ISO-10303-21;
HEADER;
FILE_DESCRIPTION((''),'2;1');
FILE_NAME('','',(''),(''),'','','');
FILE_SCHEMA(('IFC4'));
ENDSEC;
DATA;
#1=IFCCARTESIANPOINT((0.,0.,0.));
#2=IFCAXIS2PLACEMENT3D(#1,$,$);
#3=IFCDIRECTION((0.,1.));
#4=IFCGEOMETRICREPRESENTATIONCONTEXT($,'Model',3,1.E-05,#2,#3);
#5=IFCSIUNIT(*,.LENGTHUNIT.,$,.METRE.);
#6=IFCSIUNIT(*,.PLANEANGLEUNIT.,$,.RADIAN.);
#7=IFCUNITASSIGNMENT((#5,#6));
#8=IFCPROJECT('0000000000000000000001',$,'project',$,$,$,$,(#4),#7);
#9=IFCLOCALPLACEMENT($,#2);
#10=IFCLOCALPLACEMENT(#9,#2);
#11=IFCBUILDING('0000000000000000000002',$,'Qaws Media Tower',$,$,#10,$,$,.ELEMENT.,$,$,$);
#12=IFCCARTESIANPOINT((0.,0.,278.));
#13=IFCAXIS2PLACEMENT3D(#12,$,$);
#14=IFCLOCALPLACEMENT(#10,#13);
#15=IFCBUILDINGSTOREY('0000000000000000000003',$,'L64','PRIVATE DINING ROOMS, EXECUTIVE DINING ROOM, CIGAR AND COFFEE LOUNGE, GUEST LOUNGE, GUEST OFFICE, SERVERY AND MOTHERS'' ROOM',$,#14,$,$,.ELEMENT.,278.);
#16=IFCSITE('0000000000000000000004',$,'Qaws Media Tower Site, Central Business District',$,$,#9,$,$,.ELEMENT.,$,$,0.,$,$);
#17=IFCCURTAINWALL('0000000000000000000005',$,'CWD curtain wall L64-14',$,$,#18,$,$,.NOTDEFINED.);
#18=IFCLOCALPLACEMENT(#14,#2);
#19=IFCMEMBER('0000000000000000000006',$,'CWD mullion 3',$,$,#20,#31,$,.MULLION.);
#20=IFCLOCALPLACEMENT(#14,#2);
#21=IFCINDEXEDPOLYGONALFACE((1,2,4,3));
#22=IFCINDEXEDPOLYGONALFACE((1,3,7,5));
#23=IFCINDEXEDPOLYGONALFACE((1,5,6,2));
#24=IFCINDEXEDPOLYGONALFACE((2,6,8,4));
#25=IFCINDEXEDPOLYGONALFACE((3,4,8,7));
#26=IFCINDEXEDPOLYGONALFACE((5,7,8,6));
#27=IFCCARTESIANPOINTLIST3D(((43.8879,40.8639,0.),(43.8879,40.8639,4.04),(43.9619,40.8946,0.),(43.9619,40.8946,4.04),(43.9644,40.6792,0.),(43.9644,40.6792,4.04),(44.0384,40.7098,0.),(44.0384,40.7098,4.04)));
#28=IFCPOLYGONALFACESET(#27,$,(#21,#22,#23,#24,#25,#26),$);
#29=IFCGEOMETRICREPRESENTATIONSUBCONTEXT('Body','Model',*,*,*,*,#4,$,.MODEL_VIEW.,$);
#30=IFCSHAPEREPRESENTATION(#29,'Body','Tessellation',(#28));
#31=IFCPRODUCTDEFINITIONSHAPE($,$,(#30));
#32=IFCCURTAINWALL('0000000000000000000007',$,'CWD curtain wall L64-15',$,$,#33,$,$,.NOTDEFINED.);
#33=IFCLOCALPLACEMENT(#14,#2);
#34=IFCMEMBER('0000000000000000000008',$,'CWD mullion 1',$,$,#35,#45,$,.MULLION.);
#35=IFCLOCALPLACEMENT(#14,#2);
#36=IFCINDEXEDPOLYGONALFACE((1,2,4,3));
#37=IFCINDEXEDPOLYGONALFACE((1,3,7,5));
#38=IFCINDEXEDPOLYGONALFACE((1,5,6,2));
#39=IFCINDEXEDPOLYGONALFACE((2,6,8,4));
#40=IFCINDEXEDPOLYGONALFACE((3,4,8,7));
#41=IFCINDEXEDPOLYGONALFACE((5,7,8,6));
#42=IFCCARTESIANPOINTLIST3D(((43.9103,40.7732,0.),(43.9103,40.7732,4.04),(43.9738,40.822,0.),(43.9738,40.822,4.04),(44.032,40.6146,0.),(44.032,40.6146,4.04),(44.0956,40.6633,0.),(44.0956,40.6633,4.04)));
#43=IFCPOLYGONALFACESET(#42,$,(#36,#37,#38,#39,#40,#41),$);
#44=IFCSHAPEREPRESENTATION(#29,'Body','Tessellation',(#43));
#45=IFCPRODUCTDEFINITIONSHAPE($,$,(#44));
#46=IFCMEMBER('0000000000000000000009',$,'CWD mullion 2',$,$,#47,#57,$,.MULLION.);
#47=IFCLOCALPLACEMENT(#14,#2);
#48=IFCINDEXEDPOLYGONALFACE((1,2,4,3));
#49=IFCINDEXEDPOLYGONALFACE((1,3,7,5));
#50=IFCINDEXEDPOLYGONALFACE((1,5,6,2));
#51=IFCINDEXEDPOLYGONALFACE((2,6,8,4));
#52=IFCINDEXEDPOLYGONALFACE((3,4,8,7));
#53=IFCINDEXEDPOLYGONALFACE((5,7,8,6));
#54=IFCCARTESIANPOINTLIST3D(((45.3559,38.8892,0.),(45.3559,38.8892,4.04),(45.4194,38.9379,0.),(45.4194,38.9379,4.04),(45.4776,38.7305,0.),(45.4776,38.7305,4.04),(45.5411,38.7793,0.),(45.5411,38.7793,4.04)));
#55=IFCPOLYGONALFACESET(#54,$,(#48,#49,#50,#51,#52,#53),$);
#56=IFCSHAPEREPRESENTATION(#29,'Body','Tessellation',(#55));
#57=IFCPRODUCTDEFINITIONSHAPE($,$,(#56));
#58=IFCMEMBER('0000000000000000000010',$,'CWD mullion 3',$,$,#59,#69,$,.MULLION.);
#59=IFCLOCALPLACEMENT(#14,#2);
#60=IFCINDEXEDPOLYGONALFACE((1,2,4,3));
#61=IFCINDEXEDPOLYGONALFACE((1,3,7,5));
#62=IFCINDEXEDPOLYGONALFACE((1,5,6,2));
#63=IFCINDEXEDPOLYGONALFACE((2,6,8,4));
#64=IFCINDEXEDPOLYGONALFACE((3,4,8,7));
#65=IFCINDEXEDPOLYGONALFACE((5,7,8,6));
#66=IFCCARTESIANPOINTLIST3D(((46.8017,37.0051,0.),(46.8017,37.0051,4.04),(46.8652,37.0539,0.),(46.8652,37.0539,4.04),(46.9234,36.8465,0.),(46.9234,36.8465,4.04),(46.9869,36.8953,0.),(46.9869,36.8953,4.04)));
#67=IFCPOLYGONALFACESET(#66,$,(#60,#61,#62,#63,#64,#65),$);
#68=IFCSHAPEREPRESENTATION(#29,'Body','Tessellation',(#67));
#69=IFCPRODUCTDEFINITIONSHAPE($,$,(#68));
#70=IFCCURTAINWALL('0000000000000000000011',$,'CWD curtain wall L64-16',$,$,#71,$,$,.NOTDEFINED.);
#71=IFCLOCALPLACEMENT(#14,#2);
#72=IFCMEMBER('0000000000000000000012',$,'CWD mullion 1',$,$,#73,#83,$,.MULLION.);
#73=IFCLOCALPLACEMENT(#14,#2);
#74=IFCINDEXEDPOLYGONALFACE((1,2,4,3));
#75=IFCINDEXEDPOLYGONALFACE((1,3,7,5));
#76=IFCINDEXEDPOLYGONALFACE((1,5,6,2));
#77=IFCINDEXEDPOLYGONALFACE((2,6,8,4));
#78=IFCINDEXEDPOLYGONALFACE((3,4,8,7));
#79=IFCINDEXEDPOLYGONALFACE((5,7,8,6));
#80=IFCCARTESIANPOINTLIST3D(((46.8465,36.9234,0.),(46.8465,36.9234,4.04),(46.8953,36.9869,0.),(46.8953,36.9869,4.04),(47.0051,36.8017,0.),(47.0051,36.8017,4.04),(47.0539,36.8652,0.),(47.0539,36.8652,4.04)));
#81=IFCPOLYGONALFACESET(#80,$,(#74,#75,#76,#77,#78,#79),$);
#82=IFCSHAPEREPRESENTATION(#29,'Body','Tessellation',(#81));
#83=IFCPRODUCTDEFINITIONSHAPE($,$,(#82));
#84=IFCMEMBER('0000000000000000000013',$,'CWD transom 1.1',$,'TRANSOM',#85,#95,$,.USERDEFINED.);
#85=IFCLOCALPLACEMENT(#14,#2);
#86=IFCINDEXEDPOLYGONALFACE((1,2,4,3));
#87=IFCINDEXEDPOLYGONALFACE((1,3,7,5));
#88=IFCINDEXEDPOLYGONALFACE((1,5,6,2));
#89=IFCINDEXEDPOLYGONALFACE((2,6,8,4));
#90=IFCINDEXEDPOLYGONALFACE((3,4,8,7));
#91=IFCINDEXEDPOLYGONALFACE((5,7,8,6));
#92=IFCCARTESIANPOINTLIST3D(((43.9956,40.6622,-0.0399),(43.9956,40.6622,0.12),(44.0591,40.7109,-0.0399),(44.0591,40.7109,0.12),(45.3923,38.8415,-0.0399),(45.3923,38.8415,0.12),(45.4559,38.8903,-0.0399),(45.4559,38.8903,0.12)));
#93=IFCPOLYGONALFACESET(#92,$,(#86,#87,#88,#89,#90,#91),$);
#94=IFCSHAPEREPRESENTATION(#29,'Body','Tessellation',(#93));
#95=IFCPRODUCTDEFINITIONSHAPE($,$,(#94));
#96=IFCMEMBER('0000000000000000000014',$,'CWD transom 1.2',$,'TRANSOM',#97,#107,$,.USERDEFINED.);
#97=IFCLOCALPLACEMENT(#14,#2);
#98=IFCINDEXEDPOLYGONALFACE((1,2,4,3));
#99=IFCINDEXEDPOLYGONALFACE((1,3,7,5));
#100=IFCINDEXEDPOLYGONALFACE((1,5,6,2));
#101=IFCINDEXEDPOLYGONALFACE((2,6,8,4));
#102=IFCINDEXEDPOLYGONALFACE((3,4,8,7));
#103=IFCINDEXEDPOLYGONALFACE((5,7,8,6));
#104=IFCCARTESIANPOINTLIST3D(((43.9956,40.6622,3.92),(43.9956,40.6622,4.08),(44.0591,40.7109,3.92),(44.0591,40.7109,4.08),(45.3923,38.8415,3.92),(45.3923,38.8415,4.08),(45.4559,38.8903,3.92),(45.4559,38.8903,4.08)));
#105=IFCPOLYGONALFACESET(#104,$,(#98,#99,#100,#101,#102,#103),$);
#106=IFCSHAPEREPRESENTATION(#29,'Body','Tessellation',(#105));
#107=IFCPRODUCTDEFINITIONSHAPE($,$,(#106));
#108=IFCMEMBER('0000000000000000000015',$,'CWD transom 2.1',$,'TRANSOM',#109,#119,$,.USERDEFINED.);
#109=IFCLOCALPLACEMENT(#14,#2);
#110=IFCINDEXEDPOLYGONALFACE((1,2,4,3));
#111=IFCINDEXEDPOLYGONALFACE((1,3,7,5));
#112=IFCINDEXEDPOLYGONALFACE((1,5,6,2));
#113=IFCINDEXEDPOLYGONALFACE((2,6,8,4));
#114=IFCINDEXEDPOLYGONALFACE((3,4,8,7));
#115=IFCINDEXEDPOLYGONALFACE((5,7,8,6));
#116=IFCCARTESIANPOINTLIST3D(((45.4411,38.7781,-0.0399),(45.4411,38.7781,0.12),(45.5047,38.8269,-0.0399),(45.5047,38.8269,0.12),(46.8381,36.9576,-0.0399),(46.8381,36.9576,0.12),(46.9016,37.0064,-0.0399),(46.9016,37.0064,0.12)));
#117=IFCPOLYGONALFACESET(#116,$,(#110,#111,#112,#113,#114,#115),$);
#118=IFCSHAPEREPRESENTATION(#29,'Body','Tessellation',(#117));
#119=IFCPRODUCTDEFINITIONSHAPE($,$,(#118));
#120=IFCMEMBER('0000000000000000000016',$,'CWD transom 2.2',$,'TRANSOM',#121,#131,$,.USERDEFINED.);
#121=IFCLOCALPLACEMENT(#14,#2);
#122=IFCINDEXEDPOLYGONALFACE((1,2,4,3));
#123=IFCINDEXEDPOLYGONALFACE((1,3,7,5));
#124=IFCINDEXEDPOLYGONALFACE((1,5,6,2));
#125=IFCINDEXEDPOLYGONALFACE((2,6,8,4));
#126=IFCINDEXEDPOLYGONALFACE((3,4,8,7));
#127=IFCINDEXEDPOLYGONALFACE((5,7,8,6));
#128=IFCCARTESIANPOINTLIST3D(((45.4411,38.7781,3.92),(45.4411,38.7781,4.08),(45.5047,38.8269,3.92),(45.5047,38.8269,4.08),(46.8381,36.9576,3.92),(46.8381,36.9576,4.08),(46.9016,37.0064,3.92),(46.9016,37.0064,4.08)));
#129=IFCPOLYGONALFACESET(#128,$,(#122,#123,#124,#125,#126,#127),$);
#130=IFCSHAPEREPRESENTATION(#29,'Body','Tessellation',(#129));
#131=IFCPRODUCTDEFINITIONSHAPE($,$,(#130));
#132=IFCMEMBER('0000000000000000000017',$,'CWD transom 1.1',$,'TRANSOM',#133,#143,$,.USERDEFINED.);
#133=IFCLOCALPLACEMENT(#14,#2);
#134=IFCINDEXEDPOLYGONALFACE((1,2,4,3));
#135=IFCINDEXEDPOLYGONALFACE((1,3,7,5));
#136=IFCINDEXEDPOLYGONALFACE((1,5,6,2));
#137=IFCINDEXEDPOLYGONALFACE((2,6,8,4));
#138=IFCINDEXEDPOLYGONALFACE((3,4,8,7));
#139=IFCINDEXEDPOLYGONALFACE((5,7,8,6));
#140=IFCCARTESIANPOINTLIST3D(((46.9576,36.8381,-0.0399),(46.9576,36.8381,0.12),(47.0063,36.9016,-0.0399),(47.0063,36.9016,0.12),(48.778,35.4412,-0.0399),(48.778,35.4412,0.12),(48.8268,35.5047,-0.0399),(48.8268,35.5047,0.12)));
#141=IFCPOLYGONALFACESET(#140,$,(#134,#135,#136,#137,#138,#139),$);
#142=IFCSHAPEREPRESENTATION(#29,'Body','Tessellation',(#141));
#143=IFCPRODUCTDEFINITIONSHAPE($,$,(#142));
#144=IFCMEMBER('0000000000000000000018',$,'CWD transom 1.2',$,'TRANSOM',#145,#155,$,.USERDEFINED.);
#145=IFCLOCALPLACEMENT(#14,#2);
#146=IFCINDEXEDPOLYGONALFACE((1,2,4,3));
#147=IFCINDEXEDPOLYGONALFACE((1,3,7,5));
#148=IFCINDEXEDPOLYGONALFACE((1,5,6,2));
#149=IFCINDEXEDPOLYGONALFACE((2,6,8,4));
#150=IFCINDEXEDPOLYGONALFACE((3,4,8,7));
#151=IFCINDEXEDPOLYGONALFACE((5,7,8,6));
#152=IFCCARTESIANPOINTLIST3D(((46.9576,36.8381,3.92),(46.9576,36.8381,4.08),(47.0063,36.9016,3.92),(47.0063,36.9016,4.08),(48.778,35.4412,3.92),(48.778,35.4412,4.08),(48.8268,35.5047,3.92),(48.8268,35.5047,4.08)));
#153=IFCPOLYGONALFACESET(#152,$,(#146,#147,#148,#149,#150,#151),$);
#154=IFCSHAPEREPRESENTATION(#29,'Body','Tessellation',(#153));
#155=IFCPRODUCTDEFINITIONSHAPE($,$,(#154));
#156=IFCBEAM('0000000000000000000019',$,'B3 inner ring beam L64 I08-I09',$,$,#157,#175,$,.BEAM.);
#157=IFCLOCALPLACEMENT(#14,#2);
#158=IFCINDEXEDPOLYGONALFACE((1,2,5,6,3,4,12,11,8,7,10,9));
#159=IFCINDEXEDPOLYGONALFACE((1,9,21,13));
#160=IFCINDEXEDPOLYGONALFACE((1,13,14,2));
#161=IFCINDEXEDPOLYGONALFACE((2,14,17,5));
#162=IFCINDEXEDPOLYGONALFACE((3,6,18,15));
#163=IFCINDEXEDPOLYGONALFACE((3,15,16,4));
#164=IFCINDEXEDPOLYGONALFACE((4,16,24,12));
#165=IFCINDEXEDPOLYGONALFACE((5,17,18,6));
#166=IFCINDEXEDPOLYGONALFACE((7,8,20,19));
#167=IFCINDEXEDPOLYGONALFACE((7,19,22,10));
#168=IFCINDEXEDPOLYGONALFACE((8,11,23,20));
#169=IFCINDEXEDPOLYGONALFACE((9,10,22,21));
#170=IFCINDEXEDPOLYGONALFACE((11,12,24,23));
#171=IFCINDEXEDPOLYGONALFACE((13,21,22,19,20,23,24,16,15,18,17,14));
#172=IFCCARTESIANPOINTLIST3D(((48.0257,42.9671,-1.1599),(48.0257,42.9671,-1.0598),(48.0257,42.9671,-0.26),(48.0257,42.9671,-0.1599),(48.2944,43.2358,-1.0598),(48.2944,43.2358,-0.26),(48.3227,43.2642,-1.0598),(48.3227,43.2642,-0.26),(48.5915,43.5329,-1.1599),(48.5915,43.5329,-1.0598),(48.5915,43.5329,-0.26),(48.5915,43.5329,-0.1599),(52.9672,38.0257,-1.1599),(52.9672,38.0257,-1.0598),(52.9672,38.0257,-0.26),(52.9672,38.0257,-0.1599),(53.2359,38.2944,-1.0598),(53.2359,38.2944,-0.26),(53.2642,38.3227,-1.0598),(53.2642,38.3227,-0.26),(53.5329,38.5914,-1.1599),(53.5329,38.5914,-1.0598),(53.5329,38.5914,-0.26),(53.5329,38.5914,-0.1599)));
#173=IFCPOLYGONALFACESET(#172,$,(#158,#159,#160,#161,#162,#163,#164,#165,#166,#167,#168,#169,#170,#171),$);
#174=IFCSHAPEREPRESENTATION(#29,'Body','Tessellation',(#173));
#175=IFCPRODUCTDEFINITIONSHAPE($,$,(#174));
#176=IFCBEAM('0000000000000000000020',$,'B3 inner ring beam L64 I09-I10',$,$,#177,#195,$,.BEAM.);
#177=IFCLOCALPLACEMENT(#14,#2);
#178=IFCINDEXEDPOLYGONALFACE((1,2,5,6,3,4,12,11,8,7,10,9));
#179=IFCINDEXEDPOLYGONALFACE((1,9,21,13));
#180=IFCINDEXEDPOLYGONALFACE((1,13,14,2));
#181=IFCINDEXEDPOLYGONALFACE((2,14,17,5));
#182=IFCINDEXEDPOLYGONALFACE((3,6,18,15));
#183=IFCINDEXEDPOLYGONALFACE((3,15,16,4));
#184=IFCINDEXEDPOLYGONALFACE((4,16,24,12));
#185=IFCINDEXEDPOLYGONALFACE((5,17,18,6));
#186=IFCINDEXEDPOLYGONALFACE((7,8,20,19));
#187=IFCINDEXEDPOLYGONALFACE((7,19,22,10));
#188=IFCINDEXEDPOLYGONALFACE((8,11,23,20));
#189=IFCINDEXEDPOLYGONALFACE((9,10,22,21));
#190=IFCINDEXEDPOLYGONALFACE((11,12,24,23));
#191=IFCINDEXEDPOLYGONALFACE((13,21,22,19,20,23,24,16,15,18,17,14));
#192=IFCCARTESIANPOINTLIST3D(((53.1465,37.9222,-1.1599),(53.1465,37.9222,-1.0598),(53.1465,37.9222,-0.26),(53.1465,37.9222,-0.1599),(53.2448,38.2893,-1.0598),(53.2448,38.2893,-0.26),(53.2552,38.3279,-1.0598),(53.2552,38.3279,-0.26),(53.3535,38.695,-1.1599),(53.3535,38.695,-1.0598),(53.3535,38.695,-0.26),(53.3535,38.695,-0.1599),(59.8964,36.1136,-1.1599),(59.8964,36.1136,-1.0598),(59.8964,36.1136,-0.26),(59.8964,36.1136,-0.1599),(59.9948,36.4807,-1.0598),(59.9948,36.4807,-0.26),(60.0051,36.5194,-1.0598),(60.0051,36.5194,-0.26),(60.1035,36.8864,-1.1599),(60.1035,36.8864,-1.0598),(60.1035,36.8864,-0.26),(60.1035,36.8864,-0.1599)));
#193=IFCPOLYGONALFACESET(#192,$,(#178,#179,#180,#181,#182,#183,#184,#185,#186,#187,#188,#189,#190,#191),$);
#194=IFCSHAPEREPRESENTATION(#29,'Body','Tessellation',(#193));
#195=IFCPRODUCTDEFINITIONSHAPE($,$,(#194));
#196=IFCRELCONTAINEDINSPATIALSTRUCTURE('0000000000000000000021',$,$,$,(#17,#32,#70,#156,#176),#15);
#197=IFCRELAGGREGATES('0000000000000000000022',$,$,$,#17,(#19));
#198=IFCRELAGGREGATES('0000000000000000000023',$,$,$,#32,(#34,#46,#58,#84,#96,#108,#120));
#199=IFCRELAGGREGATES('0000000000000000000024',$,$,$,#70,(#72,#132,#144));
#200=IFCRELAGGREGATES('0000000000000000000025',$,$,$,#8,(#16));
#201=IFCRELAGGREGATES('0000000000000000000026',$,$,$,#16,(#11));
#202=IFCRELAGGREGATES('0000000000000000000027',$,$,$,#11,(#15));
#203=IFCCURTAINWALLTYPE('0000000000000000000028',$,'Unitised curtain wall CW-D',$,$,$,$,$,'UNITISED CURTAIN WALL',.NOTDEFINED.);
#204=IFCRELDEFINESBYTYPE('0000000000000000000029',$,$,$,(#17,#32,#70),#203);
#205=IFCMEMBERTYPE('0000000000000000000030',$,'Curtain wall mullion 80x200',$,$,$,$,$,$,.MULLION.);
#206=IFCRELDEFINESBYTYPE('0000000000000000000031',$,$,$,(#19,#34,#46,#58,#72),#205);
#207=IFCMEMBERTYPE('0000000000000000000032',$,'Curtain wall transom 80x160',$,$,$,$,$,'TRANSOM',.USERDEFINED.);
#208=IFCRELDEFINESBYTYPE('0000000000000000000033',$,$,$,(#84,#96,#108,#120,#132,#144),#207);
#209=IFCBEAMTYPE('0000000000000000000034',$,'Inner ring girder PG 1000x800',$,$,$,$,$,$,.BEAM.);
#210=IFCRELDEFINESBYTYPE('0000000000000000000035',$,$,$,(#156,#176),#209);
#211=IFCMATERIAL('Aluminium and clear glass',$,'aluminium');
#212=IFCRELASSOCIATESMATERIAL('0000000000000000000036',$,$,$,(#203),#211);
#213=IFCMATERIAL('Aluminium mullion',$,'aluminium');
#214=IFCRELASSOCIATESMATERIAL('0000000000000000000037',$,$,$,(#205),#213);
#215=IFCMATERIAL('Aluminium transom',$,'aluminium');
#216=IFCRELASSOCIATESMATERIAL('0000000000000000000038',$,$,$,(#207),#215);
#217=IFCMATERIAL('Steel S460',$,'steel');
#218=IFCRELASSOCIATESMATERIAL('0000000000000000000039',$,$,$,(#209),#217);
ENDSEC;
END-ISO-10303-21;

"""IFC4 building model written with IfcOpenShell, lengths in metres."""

from ifc_helpers import new_model, si_unit, direction, frame, origin, origin_2d, place, context, subcontext, project, spatial, rectangle, i_section, extrude, material, material_profile, profile_set, type_object, element, aggregate, save


model = new_model("IFC4")

# Units and contexts
model_context = context("Model", 3, precision=1e-05, world=origin(), true_north=direction((0.0, 1.0)))
body_context = subcontext(model_context, "Body", "Model", "MODEL_VIEW")
ifc_project = project(units=[si_unit("LENGTHUNIT", "METRE"), si_unit("PLANEANGLEUNIT", "RADIAN")], contexts=[model_context])

# Site, building, storey
site_placement = place(None, origin())
site = spatial("IfcSite", under=ifc_project, at=site_placement, Name="Qaws Media Tower Site, Central Business District", CompositionType="ELEMENT", RefElevation=0.0)
building_placement = place(site_placement, origin())
building = spatial("IfcBuilding", under=site, at=building_placement, Name="Qaws Media Tower", CompositionType="ELEMENT")
storey_placement = place(building_placement, frame((0.0, 0.0, 278.0)))
storey = spatial("IfcBuildingStorey", under=building, at=storey_placement, Name="L64", Description="PRIVATE DINING ROOMS, EXECUTIVE DINING ROOM, CIGAR AND COFFEE LOUNGE, GUEST LOUNGE, GUEST OFFICE, SERVERY AND MOTHERS' ROOM", CompositionType="ELEMENT", Elevation=278.0)

# Curtain wall, member
ifc_material_1 = material(Name="Aluminium and clear glass", Category="aluminium")
curtain_wall_type = type_object("IfcCurtainWallType", Name="Unitised curtain wall CW-D", ElementType="UNITISED CURTAIN WALL", PredefinedType="NOTDEFINED", material=ifc_material_1)
curtain_wall_1_placement = place(storey_placement, origin())
curtain_wall_1 = element("IfcCurtainWall", 1, at=curtain_wall_1_placement, inside=storey, type_object=curtain_wall_type, Name="CWD curtain wall L64-14", PredefinedType="NOTDEFINED")
ifc_material_2 = material(Name="Aluminium mullion", Category="aluminium")
ifc_material_profile_1 = material_profile(ifc_material_2, rectangle(XDim=0.0801, YDim=0.2, at=origin_2d()), Name="80x200")
ifc_profile_set_1 = profile_set([ifc_material_profile_1], Name="Aluminium mullion")
member_type_1 = type_object("IfcMemberType", Name="Curtain wall mullion 80x200", PredefinedType="MULLION", material=ifc_profile_set_1)
member_1_placement = place(storey_placement, frame((43.9631, 40.7869, 0.0), z_axis=(0.0, 0.0, 1.0), x_axis=(0.92388, 0.382683, 0.0)))
member_1 = element("IfcMember", 2, at=member_1_placement, type_object=member_type_1, Name="CWD mullion 3", PredefinedType="MULLION", context=body_context, shape_type="SweptSolid", body=[
    extrude(rectangle(XDim=0.0801, YDim=0.2, at=origin_2d()), origin(), (0.0, 0.0, 1.0), 4.04),
])

# Curtain wall, members
curtain_wall_2_placement = place(storey_placement, origin())
curtain_wall_2 = element("IfcCurtainWall", 3, at=curtain_wall_2_placement, inside=storey, type_object=curtain_wall_type, Name="CWD curtain wall L64-15", PredefinedType="NOTDEFINED")
member_2_placement = place(storey_placement, frame((44.0029, 40.7183, 0.0), z_axis=(0.0, 0.0, 1.0), x_axis=(0.793353, 0.608762, 0.0)))
member_2 = element("IfcMember", 4, at=member_2_placement, type_object=member_type_1, Name="CWD mullion 1", PredefinedType="MULLION", context=body_context, shape_type="SweptSolid", body=[
    extrude(rectangle(XDim=0.0801, YDim=0.2, at=origin_2d()), origin(), (0.0, 0.0, 1.0), 4.04),
])
member_3_placement = place(storey_placement, frame((45.4485, 38.8342, 0.0), z_axis=(0.0, 0.0, 1.0), x_axis=(0.793353, 0.608762, 0.0)))
member_3 = element("IfcMember", 5, at=member_3_placement, type_object=member_type_1, Name="CWD mullion 2", PredefinedType="MULLION", context=body_context, shape_type="SweptSolid", body=[
    extrude(rectangle(XDim=0.0801, YDim=0.2, at=origin_2d()), origin(), (0.0, 0.0, 1.0), 4.04),
])
member_4_placement = place(storey_placement, frame((46.8943, 36.9502, 0.0), z_axis=(0.0, 0.0, 1.0), x_axis=(0.793353, 0.608762, 0.0)))
member_4 = element("IfcMember", 6, at=member_4_placement, type_object=member_type_1, Name="CWD mullion 3", PredefinedType="MULLION", context=body_context, shape_type="SweptSolid", body=[
    extrude(rectangle(XDim=0.0801, YDim=0.2, at=origin_2d()), origin(), (0.0, 0.0, 1.0), 4.04),
])

# Curtain wall, member
curtain_wall_3_placement = place(storey_placement, origin())
curtain_wall_3 = element("IfcCurtainWall", 7, at=curtain_wall_3_placement, inside=storey, type_object=curtain_wall_type, Name="CWD curtain wall L64-16", PredefinedType="NOTDEFINED")
member_5_placement = place(storey_placement, frame((46.9502, 36.8943, 0.0), z_axis=(0.0, 0.0, 1.0), x_axis=(0.608762, 0.793353, 0.0)))
member_5 = element("IfcMember", 8, at=member_5_placement, type_object=member_type_1, Name="CWD mullion 1", PredefinedType="MULLION", context=body_context, shape_type="SweptSolid", body=[
    extrude(rectangle(XDim=0.0801, YDim=0.2, at=origin_2d()), origin(), (0.0, 0.0, 1.0), 4.04),
])

# Members
ifc_material_3 = material(Name="Aluminium transom", Category="aluminium")
ifc_material_profile_2 = material_profile(ifc_material_3, rectangle(XDim=0.0801, YDim=0.1599, at=origin_2d()), Name="80x160")
ifc_profile_set_2 = profile_set([ifc_material_profile_2], Name="Aluminium transom")
member_type_2 = type_object("IfcMemberType", Name="Curtain wall transom 80x160", ElementType="TRANSOM", PredefinedType="USERDEFINED", material=ifc_profile_set_2)
member_6_placement = place(storey_placement, frame((44.0273, 40.6865, 0.04), z_axis=(0.608697, -0.793403, 0.0), x_axis=(0.793403, 0.608697, 0.0)))
member_6 = element("IfcMember", 9, at=member_6_placement, type_object=member_type_2, Name="CWD transom 1.1", ObjectType="TRANSOM", PredefinedType="USERDEFINED", context=body_context, shape_type="SweptSolid", body=[
    extrude(rectangle(XDim=0.0801, YDim=0.1599, at=origin_2d()), origin(), (0.0, 0.0, 1.0), 2.2947),
])
member_7_placement = place(storey_placement, frame((44.0273, 40.6865, 4.0), z_axis=(0.608697, -0.793403, 0.0), x_axis=(0.793403, 0.608697, 0.0)))
member_7 = element("IfcMember", 10, at=member_7_placement, type_object=member_type_2, Name="CWD transom 1.2", ObjectType="TRANSOM", PredefinedType="USERDEFINED", context=body_context, shape_type="SweptSolid", body=[
    extrude(rectangle(XDim=0.0801, YDim=0.1599, at=origin_2d()), origin(), (0.0, 0.0, 1.0), 2.2947),
])
member_8_placement = place(storey_placement, frame((45.4729, 38.8025, 0.04), z_axis=(0.608764, -0.793351, 0.0), x_axis=(0.793351, 0.608764, 0.0)))
member_8 = element("IfcMember", 11, at=member_8_placement, type_object=member_type_2, Name="CWD transom 2.1", ObjectType="TRANSOM", PredefinedType="USERDEFINED", context=body_context, shape_type="SweptSolid", body=[
    extrude(rectangle(XDim=0.0801, YDim=0.1599, at=origin_2d()), origin(), (0.0, 0.0, 1.0), 2.2947),
])
member_9_placement = place(storey_placement, frame((45.4729, 38.8025, 4.0), z_axis=(0.608764, -0.793351, 0.0), x_axis=(0.793351, 0.608764, 0.0)))
member_9 = element("IfcMember", 12, at=member_9_placement, type_object=member_type_2, Name="CWD transom 2.2", ObjectType="TRANSOM", PredefinedType="USERDEFINED", context=body_context, shape_type="SweptSolid", body=[
    extrude(rectangle(XDim=0.0801, YDim=0.1599, at=origin_2d()), origin(), (0.0, 0.0, 1.0), 2.2947),
])
member_10_placement = place(storey_placement, frame((46.9819, 36.8699, 0.04), z_axis=(0.793351, -0.608764, 0.0), x_axis=(0.608764, 0.793351, 0.0)))
member_10 = element("IfcMember", 13, at=member_10_placement, type_object=member_type_2, Name="CWD transom 1.1", ObjectType="TRANSOM", PredefinedType="USERDEFINED", context=body_context, shape_type="SweptSolid", body=[
    extrude(rectangle(XDim=0.0801, YDim=0.1599, at=origin_2d()), origin(), (0.0, 0.0, 1.0), 2.2947),
])
member_11_placement = place(storey_placement, frame((46.9819, 36.8699, 4.0), z_axis=(0.793351, -0.608764, 0.0), x_axis=(0.608764, 0.793351, 0.0)))
member_11 = element("IfcMember", 14, at=member_11_placement, type_object=member_type_2, Name="CWD transom 1.2", ObjectType="TRANSOM", PredefinedType="USERDEFINED", context=body_context, shape_type="SweptSolid", body=[
    extrude(rectangle(XDim=0.0801, YDim=0.1599, at=origin_2d()), origin(), (0.0, 0.0, 1.0), 2.2947),
])

# Beams
ifc_material_4 = material(Name="Steel S460", Category="steel")
ifc_material_profile_3 = material_profile(ifc_material_4, i_section(OverallWidth=0.8, OverallDepth=1.0, WebThickness=0.04, FlangeThickness=0.1001, at=origin_2d()), Name="PG 1000x800")
ifc_profile_set_3 = profile_set([ifc_material_profile_3], Name="Steel S460")
beam_type_1 = type_object("IfcBeamType", Name="Inner ring girder PG 1000x800", PredefinedType="BEAM", material=ifc_profile_set_3)
beam_1_placement = place(storey_placement, frame((48.3086, 43.25, -0.6599), z_axis=(0.707107, -0.707107, 0.0), x_axis=(0.707107, 0.707107, 0.0)))
element("IfcBeam", 15, at=beam_1_placement, inside=storey, type_object=beam_type_1, Name="B3 inner ring beam L64 I08-I09", PredefinedType="BEAM", context=body_context, shape_type="SweptSolid", body=[
    extrude(i_section(OverallWidth=0.8, OverallDepth=1.0, WebThickness=0.04, FlangeThickness=0.1001, at=origin_2d()), origin(), (0.0, 0.0, 1.0), 6.9883),
])
beam_2_placement = place(storey_placement, frame((53.25, 38.3086, -0.6599), z_axis=(0.965928, -0.258811, 0.0), x_axis=(0.258811, 0.965928, 0.0)))
element("IfcBeam", 16, at=beam_2_placement, inside=storey, type_object=beam_type_1, Name="B3 inner ring beam L64 I09-I10", PredefinedType="BEAM", context=body_context, shape_type="SweptSolid", body=[
    extrude(i_section(OverallWidth=0.8, OverallDepth=1.0, WebThickness=0.04, FlangeThickness=0.1001, at=origin_2d()), origin(), (0.0, 0.0, 1.0), 6.988),
])

aggregate(curtain_wall_1, [member_1])
aggregate(curtain_wall_2, [member_2, member_3, member_4, member_6, member_7, member_8, member_9])
aggregate(curtain_wall_3, [member_5, member_10, member_11])

save(model, "model.ifc")
